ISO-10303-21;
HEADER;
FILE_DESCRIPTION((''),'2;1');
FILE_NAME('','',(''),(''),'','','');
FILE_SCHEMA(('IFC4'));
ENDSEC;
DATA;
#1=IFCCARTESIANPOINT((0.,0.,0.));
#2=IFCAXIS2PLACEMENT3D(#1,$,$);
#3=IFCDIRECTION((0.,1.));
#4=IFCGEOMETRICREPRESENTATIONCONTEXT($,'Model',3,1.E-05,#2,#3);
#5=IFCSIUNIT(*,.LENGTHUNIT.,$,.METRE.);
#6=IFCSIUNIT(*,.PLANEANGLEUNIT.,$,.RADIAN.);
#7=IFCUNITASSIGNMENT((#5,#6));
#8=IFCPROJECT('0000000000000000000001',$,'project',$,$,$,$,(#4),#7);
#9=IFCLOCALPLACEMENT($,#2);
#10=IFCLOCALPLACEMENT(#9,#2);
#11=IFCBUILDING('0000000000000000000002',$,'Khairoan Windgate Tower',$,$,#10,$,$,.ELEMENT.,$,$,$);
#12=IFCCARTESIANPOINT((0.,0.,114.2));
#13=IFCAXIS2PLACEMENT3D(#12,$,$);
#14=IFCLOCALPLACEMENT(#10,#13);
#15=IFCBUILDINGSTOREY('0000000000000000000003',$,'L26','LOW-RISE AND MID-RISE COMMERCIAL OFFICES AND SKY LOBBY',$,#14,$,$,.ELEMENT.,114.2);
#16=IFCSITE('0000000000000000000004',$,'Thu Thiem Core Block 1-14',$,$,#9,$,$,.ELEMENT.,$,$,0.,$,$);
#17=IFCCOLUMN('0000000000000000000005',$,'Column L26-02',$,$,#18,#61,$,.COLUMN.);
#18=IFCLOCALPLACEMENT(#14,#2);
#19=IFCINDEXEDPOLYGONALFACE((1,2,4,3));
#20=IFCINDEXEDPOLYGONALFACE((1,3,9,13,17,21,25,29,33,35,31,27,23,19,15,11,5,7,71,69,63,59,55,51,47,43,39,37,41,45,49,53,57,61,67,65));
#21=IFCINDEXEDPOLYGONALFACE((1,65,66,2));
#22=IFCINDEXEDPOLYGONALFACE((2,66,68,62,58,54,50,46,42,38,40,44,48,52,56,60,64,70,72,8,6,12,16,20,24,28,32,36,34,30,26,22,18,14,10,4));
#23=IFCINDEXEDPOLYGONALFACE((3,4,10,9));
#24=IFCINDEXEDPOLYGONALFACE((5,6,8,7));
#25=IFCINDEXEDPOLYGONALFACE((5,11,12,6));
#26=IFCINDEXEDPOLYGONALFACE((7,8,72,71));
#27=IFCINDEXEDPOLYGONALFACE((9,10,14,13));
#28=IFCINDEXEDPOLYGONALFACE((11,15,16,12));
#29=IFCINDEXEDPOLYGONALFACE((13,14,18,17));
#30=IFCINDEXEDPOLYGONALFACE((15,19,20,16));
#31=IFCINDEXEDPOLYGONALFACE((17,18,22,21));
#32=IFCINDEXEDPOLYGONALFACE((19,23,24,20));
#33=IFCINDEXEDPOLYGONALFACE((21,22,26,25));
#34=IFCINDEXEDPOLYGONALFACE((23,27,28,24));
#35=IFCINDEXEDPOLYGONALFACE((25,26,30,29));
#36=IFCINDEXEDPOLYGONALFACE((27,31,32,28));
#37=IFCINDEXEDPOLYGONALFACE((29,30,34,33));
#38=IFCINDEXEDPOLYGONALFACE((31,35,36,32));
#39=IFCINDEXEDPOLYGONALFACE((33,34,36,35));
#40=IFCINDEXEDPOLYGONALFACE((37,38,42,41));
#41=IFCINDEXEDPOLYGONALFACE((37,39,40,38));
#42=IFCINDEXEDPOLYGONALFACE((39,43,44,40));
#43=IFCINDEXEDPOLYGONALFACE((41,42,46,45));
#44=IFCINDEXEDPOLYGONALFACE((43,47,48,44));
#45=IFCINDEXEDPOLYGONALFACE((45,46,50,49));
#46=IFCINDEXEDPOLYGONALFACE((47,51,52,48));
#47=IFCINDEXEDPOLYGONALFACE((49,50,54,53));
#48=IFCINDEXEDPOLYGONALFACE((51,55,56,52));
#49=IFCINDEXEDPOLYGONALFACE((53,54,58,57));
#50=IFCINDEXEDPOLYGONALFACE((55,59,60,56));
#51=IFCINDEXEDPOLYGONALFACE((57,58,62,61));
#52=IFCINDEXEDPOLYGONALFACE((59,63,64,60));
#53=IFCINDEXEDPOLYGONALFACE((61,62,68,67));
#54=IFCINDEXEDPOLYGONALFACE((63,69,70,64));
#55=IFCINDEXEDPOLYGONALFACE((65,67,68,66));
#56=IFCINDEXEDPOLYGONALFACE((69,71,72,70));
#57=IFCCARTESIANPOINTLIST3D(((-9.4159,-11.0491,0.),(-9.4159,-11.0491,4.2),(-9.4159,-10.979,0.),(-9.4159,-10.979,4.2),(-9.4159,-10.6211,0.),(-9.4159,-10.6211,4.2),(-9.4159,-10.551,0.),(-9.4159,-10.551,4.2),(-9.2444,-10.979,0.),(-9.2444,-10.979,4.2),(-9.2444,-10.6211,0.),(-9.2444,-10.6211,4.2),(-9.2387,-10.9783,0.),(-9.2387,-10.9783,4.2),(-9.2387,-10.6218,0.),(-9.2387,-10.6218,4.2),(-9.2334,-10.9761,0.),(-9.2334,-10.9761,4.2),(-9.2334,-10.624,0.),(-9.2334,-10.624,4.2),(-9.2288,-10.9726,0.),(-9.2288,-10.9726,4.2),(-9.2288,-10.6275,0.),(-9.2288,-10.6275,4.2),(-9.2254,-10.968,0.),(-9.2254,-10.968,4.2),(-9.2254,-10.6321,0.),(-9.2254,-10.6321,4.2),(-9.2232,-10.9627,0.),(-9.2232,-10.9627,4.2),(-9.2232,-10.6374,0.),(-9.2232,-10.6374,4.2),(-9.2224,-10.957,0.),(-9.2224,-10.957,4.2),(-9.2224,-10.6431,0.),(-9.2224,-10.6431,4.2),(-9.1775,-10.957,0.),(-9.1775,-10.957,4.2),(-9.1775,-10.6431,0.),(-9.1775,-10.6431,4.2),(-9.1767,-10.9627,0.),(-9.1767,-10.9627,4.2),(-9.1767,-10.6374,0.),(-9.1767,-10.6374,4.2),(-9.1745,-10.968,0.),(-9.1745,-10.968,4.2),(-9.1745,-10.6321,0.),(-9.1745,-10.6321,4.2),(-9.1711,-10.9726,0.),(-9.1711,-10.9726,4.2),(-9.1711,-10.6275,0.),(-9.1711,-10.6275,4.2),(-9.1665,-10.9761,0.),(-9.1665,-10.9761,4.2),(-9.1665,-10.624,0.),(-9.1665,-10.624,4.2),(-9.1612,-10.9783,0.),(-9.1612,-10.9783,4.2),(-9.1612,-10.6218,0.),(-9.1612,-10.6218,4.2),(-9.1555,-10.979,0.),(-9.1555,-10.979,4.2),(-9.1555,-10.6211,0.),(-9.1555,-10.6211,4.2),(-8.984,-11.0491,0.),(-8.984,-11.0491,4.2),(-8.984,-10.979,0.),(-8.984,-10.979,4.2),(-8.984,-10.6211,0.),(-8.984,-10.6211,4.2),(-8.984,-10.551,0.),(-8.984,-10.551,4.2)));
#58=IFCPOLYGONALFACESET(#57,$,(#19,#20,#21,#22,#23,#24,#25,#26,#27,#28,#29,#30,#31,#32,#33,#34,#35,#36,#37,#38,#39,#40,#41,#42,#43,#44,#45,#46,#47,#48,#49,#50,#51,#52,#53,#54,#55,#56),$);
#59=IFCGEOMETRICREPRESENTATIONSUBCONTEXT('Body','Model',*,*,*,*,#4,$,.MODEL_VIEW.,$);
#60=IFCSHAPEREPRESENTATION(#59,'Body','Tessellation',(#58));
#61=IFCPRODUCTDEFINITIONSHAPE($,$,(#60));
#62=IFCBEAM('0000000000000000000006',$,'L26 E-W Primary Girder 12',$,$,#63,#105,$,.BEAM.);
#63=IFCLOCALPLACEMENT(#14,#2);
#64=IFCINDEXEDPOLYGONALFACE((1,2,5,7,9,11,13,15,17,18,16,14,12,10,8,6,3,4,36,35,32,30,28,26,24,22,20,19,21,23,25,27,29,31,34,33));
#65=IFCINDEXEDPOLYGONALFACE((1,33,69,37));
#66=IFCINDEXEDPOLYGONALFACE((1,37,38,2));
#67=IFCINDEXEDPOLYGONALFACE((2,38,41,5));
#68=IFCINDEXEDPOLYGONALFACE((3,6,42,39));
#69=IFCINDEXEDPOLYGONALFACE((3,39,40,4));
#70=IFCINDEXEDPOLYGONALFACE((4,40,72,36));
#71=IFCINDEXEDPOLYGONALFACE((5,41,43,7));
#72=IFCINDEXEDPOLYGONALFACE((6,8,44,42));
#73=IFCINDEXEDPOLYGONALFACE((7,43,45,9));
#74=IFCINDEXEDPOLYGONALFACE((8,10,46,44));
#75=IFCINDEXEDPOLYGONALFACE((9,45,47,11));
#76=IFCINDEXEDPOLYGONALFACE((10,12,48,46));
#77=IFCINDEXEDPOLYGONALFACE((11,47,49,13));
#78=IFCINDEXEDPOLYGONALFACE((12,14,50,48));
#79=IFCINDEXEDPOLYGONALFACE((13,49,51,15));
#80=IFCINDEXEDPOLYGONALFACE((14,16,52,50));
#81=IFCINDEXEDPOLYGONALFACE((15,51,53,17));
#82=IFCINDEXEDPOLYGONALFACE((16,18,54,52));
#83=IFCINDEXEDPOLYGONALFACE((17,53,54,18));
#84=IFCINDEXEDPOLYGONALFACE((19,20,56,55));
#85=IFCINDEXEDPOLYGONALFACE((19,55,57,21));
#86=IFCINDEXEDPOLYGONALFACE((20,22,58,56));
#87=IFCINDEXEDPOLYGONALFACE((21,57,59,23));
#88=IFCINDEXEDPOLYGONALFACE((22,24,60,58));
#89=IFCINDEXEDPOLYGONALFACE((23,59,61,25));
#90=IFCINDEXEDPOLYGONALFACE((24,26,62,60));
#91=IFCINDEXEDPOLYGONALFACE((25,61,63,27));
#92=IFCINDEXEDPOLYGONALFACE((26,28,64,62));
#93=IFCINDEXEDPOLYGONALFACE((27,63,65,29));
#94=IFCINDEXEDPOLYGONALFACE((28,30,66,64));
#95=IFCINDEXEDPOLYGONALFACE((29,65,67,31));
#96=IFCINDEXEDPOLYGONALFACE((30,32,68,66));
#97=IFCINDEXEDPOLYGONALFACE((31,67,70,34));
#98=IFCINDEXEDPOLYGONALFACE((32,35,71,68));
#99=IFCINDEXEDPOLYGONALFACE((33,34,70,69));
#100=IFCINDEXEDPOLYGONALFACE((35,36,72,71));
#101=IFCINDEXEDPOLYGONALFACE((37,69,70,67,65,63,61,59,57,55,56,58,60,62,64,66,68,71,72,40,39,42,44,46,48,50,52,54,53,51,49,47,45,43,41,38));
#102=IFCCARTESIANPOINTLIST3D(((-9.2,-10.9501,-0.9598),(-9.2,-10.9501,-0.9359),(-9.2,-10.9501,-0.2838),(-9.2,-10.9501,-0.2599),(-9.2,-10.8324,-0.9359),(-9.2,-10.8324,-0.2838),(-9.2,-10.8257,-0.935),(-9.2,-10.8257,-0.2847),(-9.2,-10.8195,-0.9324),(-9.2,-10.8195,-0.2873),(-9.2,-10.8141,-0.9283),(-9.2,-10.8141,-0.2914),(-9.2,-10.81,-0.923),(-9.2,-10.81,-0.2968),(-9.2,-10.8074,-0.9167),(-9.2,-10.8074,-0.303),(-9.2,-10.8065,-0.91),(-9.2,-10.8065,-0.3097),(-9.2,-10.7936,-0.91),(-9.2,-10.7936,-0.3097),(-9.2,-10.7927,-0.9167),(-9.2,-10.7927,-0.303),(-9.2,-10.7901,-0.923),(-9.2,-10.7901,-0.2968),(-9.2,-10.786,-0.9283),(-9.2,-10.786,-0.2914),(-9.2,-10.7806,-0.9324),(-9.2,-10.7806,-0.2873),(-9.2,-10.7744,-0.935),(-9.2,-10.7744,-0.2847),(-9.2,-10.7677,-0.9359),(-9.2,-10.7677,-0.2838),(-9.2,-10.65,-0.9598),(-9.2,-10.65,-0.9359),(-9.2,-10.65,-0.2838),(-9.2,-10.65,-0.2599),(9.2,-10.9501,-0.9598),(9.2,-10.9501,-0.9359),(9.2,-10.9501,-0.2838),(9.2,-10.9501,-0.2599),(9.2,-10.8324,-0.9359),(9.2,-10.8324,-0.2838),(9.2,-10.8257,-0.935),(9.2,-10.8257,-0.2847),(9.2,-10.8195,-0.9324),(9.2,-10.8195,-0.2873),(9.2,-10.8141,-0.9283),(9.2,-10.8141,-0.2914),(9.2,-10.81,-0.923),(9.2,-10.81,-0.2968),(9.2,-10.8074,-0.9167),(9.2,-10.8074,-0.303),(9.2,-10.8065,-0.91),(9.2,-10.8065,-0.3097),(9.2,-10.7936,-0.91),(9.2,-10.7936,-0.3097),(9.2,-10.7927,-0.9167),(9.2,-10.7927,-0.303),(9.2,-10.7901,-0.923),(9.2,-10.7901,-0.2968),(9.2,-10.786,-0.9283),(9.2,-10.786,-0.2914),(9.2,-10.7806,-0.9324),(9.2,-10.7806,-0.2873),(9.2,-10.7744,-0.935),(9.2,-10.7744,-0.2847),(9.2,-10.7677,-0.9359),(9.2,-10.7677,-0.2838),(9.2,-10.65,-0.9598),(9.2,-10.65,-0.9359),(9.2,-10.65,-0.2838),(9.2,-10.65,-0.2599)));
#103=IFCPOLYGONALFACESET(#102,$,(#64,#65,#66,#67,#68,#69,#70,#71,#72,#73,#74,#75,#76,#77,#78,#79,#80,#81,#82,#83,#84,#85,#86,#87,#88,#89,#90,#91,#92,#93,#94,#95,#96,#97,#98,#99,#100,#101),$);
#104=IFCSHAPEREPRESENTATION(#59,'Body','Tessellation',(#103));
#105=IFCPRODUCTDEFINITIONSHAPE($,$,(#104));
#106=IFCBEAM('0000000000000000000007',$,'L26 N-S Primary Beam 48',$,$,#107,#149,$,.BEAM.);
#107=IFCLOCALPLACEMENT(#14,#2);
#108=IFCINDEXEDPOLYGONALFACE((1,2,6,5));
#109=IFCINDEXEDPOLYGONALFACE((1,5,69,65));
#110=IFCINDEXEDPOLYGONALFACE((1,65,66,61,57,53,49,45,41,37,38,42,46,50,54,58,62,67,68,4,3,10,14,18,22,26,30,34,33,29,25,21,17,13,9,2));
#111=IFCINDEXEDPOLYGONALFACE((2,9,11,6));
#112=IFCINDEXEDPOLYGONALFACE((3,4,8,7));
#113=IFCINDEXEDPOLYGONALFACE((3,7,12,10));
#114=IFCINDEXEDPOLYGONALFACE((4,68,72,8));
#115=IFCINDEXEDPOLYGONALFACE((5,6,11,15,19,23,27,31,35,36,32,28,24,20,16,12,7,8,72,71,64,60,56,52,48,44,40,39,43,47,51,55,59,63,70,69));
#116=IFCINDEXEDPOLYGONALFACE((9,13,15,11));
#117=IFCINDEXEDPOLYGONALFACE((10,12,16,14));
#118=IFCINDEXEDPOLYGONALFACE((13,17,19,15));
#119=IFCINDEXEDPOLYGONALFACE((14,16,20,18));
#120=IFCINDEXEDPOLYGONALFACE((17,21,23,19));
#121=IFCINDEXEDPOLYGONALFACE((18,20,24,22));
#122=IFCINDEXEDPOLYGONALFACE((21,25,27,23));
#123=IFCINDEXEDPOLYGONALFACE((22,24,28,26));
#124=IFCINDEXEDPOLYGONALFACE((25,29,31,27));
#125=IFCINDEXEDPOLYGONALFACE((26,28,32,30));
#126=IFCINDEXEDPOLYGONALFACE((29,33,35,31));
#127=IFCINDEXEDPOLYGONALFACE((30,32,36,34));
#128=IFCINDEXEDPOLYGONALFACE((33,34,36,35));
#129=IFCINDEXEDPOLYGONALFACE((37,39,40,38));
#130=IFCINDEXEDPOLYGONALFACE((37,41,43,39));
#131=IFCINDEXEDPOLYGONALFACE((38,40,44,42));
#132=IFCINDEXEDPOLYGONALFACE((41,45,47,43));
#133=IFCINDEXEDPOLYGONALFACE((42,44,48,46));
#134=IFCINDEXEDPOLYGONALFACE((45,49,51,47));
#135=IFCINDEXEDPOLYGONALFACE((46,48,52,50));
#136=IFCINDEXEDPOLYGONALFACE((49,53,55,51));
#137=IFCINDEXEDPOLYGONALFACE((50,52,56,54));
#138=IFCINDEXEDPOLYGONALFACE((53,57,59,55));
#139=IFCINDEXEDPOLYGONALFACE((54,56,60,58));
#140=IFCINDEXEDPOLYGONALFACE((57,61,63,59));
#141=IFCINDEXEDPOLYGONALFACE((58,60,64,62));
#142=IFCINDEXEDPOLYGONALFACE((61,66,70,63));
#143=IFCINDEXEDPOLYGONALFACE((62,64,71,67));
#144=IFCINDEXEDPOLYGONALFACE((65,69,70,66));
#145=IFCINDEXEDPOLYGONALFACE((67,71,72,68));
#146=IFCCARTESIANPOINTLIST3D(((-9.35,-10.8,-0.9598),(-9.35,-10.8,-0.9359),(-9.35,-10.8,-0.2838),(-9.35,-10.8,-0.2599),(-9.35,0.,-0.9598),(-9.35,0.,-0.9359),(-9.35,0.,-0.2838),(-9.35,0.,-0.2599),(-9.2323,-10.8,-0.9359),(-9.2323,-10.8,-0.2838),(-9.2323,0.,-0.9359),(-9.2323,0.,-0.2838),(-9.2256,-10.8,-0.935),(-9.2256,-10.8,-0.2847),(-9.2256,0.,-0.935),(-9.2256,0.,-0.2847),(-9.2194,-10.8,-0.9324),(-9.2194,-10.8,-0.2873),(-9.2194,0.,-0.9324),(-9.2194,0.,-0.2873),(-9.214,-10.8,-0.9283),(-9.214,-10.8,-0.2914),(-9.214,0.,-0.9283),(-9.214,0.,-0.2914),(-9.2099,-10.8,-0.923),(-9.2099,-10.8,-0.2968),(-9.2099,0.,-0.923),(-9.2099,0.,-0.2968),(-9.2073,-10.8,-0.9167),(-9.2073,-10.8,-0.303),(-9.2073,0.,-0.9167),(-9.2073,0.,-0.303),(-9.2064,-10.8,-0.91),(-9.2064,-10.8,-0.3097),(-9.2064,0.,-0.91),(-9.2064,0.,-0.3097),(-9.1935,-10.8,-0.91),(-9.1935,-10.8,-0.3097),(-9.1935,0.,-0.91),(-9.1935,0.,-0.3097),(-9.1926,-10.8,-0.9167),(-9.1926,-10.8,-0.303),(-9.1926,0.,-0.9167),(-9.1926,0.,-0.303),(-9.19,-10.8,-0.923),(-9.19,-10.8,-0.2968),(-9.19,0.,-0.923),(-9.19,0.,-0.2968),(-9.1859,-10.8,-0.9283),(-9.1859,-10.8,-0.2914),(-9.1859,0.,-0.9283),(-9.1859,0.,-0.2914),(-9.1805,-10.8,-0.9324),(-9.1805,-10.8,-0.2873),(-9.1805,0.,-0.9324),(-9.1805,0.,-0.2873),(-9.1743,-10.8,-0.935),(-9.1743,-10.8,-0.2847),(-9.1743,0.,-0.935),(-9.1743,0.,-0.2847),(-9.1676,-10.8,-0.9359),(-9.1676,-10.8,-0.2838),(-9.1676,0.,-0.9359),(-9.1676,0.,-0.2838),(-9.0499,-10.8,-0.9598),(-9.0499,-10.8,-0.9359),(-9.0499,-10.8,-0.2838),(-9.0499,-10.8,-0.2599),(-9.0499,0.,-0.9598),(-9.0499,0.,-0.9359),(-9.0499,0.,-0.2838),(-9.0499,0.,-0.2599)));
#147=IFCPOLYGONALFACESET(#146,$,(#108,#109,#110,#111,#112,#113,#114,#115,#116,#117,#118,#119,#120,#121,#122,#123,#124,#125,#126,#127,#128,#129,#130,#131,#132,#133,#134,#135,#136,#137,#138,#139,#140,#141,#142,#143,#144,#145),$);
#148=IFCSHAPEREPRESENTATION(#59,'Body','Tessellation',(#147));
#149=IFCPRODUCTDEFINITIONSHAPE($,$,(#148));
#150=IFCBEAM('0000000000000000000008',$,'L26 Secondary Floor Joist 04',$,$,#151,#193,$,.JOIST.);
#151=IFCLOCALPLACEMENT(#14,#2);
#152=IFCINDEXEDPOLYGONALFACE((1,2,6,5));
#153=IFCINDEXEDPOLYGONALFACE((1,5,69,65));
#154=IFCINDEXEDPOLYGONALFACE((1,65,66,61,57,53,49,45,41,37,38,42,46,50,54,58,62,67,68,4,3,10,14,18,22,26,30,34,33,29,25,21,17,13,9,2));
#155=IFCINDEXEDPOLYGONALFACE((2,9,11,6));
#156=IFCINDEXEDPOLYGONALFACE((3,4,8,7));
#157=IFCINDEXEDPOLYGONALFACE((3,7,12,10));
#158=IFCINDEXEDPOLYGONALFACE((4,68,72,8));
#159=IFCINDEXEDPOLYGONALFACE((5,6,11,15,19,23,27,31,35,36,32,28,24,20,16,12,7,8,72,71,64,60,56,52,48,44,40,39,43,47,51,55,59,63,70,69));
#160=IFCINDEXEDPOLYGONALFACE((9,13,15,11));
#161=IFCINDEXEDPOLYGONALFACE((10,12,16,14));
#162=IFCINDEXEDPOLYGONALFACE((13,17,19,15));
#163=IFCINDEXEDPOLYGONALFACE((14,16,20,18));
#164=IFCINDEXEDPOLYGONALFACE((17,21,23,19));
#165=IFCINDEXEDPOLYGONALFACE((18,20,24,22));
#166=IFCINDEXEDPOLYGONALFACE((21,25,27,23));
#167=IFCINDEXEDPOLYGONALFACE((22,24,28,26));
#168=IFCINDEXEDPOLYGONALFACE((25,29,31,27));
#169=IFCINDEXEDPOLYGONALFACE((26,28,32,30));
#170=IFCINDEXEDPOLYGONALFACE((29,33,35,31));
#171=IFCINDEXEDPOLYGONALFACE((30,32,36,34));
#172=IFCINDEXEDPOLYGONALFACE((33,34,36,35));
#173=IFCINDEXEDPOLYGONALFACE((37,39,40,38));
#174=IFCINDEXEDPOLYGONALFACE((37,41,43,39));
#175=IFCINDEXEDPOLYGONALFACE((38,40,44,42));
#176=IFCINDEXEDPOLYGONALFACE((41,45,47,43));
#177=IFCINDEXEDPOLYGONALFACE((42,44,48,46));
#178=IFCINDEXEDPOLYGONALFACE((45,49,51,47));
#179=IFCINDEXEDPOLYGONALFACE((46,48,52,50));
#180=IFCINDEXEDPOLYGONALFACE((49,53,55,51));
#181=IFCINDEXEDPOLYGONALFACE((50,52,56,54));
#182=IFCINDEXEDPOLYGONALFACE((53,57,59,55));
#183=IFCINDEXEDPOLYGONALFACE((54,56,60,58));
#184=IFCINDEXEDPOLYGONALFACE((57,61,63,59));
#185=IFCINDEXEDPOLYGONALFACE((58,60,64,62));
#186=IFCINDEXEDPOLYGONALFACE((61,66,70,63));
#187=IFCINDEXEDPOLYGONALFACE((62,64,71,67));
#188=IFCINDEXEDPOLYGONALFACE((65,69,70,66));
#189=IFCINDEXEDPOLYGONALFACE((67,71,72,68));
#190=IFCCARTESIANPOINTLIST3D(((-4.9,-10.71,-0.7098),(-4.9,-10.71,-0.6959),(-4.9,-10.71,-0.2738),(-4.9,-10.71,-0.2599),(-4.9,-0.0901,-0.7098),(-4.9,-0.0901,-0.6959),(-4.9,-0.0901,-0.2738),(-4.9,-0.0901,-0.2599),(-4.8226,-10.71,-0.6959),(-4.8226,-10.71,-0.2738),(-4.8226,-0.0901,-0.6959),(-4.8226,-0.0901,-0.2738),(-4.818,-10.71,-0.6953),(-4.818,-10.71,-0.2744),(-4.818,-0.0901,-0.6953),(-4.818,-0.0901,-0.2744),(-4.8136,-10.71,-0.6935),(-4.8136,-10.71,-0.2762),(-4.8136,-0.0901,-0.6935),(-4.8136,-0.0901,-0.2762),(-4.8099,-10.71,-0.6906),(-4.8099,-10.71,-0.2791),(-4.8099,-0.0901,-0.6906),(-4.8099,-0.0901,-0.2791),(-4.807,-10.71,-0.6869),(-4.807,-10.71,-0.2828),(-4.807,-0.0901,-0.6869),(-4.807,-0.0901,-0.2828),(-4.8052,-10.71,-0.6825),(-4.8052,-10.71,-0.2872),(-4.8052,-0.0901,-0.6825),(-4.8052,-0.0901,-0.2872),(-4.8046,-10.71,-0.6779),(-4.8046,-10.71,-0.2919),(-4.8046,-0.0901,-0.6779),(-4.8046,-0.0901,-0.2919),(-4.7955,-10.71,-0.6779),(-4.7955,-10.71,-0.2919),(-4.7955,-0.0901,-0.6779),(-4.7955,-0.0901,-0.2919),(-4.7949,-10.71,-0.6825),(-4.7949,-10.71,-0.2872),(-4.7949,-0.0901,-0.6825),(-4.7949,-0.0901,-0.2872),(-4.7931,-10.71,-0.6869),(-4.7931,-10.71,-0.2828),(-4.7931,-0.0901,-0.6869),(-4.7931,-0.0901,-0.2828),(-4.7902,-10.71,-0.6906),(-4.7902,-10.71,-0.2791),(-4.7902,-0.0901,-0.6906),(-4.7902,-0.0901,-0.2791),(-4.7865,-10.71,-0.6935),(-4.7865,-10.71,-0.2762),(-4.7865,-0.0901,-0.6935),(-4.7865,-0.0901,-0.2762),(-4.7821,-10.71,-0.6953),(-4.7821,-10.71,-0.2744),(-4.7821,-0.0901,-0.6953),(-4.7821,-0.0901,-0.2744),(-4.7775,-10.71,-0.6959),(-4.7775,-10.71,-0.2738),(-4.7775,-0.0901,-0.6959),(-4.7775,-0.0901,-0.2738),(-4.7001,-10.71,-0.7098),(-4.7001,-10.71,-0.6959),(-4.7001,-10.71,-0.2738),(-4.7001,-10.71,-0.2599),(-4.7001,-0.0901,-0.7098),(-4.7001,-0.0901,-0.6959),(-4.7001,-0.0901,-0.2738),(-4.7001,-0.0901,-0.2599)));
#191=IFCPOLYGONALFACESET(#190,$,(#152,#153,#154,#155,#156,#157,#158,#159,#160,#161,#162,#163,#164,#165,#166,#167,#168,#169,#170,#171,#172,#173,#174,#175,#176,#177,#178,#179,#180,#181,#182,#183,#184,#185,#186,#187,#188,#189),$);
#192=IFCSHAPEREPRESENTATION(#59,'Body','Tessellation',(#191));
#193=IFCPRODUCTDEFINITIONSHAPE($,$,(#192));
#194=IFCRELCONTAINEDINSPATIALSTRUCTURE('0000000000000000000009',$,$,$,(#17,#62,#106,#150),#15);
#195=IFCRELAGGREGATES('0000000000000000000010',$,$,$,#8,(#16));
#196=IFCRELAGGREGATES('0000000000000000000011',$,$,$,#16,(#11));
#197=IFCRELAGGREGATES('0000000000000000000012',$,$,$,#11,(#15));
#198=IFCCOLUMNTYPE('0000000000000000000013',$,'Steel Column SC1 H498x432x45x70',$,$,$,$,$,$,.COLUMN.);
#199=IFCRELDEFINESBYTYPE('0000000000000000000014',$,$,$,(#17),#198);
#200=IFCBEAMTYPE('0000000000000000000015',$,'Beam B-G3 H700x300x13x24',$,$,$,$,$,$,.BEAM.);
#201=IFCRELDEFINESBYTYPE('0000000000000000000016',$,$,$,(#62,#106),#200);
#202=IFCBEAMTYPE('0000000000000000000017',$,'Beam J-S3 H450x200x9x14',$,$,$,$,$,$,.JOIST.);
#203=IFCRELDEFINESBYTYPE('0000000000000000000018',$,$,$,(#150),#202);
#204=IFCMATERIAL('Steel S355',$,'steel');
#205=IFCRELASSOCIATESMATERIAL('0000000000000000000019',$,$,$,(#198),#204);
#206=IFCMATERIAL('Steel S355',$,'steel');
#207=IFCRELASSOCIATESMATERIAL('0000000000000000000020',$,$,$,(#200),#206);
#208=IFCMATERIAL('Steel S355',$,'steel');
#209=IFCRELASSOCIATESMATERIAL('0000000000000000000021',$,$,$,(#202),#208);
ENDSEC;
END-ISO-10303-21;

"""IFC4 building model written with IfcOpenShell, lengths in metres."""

from ifc_helpers import new_model, si_unit, direction, frame, origin, origin_2d, place, context, subcontext, project, spatial, i_section, extrude, material, material_profile, profile_set, type_object, element, save


model = new_model("IFC4")

# Units and contexts
model_context = context("Model", 3, precision=1e-05, world=origin(), true_north=direction((0.0, 1.0)))
body_context = subcontext(model_context, "Body", "Model", "MODEL_VIEW")
ifc_project = project(units=[si_unit("LENGTHUNIT", "METRE"), si_unit("PLANEANGLEUNIT", "RADIAN")], contexts=[model_context])

# Site, building, storey
site_placement = place(None, origin())
site = spatial("IfcSite", under=ifc_project, at=site_placement, Name="Thu Thiem Core Block 1-14", CompositionType="ELEMENT", RefElevation=0.0)
building_placement = place(site_placement, origin())
building = spatial("IfcBuilding", under=site, at=building_placement, Name="Khairoan Windgate Tower", CompositionType="ELEMENT")
storey_placement = place(building_placement, frame((0.0, 0.0, 114.2)))
storey = spatial("IfcBuildingStorey", under=building, at=storey_placement, Name="L26", Description="LOW-RISE AND MID-RISE COMMERCIAL OFFICES AND SKY LOBBY", CompositionType="ELEMENT", Elevation=114.2)

# Column
ifc_material_1 = material(Name="Steel S355", Category="steel")
ifc_material_profile_1 = material_profile(ifc_material_1, i_section(OverallWidth=0.4319, OverallDepth=0.498, WebThickness=0.0449, FlangeThickness=0.0701, FilletRadius=0.022, at=origin_2d()))
ifc_profile_set_1 = profile_set([ifc_material_profile_1], Name="Steel S355")
column_type = type_object("IfcColumnType", Name="Steel Column SC1 H498x432x45x70", PredefinedType="COLUMN", material=ifc_profile_set_1)
column_placement = place(storey_placement, frame((-9.2, -10.8, 0.0), z_axis=(0.0, 0.0, 1.0), x_axis=(1.0, 0.0, 0.0)))
element("IfcColumn", 1, at=column_placement, inside=storey, type_object=column_type, Name="Column L26-02", PredefinedType="COLUMN", context=body_context, shape_type="SweptSolid", body=[
    extrude(i_section(OverallWidth=0.4319, OverallDepth=0.498, WebThickness=0.0449, FlangeThickness=0.0701, FilletRadius=0.022, at=origin_2d()), origin(), (0.0, 0.0, 1.0), 4.2),
])

# Beams
ifc_material_2 = material(Name="Steel S355", Category="steel")
ifc_material_profile_2 = material_profile(ifc_material_2, i_section(OverallWidth=0.3, OverallDepth=0.7, WebThickness=0.0129, FlangeThickness=0.0239, FilletRadius=0.0259, at=origin_2d()))
ifc_profile_set_2 = profile_set([ifc_material_profile_2], Name="Steel S355")
beam_type_1 = type_object("IfcBeamType", Name="Beam B-G3 H700x300x13x24", PredefinedType="BEAM", material=ifc_profile_set_2)
beam_1_placement = place(storey_placement, frame((-9.2, -10.8, -0.6099), z_axis=(1.0, 0.0, 0.0), x_axis=(0.0, 1.0, 0.0)))
element("IfcBeam", 2, at=beam_1_placement, inside=storey, type_object=beam_type_1, Name="L26 E-W Primary Girder 12", PredefinedType="BEAM", context=body_context, shape_type="SweptSolid", body=[
    extrude(i_section(OverallWidth=0.3, OverallDepth=0.7, WebThickness=0.0129, FlangeThickness=0.0239, FilletRadius=0.0259, at=origin_2d()), origin(), (0.0, 0.0, 1.0), 18.3999),
])
beam_2_placement = place(storey_placement, frame((-9.2, -10.8, -0.6099), z_axis=(0.0, 1.0, 0.0), x_axis=(-1.0, 0.0, 0.0)))
element("IfcBeam", 3, at=beam_2_placement, inside=storey, type_object=beam_type_1, Name="L26 N-S Primary Beam 48", PredefinedType="BEAM", context=body_context, shape_type="SweptSolid", body=[
    extrude(i_section(OverallWidth=0.3, OverallDepth=0.7, WebThickness=0.0129, FlangeThickness=0.0239, FilletRadius=0.0259, at=origin_2d()), origin(), (0.0, 0.0, 1.0), 10.8),
])
ifc_material_3 = material(Name="Steel S355", Category="steel")
ifc_material_profile_3 = material_profile(ifc_material_3, i_section(OverallWidth=0.2, OverallDepth=0.45, WebThickness=0.009, FlangeThickness=0.0139, FilletRadius=0.0181, at=origin_2d()))
ifc_profile_set_3 = profile_set([ifc_material_profile_3], Name="Steel S355")
beam_type_2 = type_object("IfcBeamType", Name="Beam J-S3 H450x200x9x14", PredefinedType="JOIST", material=ifc_profile_set_3)
beam_3_placement = place(storey_placement, frame((-4.8, -10.71, -0.4849), z_axis=(0.0, 1.0, 0.0), x_axis=(-1.0, 0.0, 0.0)))
element("IfcBeam", 4, at=beam_3_placement, inside=storey, type_object=beam_type_2, Name="L26 Secondary Floor Joist 04", PredefinedType="JOIST", context=body_context, shape_type="SweptSolid", body=[
    extrude(i_section(OverallWidth=0.2, OverallDepth=0.45, WebThickness=0.009, FlangeThickness=0.0139, FilletRadius=0.0181, at=origin_2d()), origin(), (0.0, 0.0, 1.0), 10.6199),
])

save(model, "model.ifc")
